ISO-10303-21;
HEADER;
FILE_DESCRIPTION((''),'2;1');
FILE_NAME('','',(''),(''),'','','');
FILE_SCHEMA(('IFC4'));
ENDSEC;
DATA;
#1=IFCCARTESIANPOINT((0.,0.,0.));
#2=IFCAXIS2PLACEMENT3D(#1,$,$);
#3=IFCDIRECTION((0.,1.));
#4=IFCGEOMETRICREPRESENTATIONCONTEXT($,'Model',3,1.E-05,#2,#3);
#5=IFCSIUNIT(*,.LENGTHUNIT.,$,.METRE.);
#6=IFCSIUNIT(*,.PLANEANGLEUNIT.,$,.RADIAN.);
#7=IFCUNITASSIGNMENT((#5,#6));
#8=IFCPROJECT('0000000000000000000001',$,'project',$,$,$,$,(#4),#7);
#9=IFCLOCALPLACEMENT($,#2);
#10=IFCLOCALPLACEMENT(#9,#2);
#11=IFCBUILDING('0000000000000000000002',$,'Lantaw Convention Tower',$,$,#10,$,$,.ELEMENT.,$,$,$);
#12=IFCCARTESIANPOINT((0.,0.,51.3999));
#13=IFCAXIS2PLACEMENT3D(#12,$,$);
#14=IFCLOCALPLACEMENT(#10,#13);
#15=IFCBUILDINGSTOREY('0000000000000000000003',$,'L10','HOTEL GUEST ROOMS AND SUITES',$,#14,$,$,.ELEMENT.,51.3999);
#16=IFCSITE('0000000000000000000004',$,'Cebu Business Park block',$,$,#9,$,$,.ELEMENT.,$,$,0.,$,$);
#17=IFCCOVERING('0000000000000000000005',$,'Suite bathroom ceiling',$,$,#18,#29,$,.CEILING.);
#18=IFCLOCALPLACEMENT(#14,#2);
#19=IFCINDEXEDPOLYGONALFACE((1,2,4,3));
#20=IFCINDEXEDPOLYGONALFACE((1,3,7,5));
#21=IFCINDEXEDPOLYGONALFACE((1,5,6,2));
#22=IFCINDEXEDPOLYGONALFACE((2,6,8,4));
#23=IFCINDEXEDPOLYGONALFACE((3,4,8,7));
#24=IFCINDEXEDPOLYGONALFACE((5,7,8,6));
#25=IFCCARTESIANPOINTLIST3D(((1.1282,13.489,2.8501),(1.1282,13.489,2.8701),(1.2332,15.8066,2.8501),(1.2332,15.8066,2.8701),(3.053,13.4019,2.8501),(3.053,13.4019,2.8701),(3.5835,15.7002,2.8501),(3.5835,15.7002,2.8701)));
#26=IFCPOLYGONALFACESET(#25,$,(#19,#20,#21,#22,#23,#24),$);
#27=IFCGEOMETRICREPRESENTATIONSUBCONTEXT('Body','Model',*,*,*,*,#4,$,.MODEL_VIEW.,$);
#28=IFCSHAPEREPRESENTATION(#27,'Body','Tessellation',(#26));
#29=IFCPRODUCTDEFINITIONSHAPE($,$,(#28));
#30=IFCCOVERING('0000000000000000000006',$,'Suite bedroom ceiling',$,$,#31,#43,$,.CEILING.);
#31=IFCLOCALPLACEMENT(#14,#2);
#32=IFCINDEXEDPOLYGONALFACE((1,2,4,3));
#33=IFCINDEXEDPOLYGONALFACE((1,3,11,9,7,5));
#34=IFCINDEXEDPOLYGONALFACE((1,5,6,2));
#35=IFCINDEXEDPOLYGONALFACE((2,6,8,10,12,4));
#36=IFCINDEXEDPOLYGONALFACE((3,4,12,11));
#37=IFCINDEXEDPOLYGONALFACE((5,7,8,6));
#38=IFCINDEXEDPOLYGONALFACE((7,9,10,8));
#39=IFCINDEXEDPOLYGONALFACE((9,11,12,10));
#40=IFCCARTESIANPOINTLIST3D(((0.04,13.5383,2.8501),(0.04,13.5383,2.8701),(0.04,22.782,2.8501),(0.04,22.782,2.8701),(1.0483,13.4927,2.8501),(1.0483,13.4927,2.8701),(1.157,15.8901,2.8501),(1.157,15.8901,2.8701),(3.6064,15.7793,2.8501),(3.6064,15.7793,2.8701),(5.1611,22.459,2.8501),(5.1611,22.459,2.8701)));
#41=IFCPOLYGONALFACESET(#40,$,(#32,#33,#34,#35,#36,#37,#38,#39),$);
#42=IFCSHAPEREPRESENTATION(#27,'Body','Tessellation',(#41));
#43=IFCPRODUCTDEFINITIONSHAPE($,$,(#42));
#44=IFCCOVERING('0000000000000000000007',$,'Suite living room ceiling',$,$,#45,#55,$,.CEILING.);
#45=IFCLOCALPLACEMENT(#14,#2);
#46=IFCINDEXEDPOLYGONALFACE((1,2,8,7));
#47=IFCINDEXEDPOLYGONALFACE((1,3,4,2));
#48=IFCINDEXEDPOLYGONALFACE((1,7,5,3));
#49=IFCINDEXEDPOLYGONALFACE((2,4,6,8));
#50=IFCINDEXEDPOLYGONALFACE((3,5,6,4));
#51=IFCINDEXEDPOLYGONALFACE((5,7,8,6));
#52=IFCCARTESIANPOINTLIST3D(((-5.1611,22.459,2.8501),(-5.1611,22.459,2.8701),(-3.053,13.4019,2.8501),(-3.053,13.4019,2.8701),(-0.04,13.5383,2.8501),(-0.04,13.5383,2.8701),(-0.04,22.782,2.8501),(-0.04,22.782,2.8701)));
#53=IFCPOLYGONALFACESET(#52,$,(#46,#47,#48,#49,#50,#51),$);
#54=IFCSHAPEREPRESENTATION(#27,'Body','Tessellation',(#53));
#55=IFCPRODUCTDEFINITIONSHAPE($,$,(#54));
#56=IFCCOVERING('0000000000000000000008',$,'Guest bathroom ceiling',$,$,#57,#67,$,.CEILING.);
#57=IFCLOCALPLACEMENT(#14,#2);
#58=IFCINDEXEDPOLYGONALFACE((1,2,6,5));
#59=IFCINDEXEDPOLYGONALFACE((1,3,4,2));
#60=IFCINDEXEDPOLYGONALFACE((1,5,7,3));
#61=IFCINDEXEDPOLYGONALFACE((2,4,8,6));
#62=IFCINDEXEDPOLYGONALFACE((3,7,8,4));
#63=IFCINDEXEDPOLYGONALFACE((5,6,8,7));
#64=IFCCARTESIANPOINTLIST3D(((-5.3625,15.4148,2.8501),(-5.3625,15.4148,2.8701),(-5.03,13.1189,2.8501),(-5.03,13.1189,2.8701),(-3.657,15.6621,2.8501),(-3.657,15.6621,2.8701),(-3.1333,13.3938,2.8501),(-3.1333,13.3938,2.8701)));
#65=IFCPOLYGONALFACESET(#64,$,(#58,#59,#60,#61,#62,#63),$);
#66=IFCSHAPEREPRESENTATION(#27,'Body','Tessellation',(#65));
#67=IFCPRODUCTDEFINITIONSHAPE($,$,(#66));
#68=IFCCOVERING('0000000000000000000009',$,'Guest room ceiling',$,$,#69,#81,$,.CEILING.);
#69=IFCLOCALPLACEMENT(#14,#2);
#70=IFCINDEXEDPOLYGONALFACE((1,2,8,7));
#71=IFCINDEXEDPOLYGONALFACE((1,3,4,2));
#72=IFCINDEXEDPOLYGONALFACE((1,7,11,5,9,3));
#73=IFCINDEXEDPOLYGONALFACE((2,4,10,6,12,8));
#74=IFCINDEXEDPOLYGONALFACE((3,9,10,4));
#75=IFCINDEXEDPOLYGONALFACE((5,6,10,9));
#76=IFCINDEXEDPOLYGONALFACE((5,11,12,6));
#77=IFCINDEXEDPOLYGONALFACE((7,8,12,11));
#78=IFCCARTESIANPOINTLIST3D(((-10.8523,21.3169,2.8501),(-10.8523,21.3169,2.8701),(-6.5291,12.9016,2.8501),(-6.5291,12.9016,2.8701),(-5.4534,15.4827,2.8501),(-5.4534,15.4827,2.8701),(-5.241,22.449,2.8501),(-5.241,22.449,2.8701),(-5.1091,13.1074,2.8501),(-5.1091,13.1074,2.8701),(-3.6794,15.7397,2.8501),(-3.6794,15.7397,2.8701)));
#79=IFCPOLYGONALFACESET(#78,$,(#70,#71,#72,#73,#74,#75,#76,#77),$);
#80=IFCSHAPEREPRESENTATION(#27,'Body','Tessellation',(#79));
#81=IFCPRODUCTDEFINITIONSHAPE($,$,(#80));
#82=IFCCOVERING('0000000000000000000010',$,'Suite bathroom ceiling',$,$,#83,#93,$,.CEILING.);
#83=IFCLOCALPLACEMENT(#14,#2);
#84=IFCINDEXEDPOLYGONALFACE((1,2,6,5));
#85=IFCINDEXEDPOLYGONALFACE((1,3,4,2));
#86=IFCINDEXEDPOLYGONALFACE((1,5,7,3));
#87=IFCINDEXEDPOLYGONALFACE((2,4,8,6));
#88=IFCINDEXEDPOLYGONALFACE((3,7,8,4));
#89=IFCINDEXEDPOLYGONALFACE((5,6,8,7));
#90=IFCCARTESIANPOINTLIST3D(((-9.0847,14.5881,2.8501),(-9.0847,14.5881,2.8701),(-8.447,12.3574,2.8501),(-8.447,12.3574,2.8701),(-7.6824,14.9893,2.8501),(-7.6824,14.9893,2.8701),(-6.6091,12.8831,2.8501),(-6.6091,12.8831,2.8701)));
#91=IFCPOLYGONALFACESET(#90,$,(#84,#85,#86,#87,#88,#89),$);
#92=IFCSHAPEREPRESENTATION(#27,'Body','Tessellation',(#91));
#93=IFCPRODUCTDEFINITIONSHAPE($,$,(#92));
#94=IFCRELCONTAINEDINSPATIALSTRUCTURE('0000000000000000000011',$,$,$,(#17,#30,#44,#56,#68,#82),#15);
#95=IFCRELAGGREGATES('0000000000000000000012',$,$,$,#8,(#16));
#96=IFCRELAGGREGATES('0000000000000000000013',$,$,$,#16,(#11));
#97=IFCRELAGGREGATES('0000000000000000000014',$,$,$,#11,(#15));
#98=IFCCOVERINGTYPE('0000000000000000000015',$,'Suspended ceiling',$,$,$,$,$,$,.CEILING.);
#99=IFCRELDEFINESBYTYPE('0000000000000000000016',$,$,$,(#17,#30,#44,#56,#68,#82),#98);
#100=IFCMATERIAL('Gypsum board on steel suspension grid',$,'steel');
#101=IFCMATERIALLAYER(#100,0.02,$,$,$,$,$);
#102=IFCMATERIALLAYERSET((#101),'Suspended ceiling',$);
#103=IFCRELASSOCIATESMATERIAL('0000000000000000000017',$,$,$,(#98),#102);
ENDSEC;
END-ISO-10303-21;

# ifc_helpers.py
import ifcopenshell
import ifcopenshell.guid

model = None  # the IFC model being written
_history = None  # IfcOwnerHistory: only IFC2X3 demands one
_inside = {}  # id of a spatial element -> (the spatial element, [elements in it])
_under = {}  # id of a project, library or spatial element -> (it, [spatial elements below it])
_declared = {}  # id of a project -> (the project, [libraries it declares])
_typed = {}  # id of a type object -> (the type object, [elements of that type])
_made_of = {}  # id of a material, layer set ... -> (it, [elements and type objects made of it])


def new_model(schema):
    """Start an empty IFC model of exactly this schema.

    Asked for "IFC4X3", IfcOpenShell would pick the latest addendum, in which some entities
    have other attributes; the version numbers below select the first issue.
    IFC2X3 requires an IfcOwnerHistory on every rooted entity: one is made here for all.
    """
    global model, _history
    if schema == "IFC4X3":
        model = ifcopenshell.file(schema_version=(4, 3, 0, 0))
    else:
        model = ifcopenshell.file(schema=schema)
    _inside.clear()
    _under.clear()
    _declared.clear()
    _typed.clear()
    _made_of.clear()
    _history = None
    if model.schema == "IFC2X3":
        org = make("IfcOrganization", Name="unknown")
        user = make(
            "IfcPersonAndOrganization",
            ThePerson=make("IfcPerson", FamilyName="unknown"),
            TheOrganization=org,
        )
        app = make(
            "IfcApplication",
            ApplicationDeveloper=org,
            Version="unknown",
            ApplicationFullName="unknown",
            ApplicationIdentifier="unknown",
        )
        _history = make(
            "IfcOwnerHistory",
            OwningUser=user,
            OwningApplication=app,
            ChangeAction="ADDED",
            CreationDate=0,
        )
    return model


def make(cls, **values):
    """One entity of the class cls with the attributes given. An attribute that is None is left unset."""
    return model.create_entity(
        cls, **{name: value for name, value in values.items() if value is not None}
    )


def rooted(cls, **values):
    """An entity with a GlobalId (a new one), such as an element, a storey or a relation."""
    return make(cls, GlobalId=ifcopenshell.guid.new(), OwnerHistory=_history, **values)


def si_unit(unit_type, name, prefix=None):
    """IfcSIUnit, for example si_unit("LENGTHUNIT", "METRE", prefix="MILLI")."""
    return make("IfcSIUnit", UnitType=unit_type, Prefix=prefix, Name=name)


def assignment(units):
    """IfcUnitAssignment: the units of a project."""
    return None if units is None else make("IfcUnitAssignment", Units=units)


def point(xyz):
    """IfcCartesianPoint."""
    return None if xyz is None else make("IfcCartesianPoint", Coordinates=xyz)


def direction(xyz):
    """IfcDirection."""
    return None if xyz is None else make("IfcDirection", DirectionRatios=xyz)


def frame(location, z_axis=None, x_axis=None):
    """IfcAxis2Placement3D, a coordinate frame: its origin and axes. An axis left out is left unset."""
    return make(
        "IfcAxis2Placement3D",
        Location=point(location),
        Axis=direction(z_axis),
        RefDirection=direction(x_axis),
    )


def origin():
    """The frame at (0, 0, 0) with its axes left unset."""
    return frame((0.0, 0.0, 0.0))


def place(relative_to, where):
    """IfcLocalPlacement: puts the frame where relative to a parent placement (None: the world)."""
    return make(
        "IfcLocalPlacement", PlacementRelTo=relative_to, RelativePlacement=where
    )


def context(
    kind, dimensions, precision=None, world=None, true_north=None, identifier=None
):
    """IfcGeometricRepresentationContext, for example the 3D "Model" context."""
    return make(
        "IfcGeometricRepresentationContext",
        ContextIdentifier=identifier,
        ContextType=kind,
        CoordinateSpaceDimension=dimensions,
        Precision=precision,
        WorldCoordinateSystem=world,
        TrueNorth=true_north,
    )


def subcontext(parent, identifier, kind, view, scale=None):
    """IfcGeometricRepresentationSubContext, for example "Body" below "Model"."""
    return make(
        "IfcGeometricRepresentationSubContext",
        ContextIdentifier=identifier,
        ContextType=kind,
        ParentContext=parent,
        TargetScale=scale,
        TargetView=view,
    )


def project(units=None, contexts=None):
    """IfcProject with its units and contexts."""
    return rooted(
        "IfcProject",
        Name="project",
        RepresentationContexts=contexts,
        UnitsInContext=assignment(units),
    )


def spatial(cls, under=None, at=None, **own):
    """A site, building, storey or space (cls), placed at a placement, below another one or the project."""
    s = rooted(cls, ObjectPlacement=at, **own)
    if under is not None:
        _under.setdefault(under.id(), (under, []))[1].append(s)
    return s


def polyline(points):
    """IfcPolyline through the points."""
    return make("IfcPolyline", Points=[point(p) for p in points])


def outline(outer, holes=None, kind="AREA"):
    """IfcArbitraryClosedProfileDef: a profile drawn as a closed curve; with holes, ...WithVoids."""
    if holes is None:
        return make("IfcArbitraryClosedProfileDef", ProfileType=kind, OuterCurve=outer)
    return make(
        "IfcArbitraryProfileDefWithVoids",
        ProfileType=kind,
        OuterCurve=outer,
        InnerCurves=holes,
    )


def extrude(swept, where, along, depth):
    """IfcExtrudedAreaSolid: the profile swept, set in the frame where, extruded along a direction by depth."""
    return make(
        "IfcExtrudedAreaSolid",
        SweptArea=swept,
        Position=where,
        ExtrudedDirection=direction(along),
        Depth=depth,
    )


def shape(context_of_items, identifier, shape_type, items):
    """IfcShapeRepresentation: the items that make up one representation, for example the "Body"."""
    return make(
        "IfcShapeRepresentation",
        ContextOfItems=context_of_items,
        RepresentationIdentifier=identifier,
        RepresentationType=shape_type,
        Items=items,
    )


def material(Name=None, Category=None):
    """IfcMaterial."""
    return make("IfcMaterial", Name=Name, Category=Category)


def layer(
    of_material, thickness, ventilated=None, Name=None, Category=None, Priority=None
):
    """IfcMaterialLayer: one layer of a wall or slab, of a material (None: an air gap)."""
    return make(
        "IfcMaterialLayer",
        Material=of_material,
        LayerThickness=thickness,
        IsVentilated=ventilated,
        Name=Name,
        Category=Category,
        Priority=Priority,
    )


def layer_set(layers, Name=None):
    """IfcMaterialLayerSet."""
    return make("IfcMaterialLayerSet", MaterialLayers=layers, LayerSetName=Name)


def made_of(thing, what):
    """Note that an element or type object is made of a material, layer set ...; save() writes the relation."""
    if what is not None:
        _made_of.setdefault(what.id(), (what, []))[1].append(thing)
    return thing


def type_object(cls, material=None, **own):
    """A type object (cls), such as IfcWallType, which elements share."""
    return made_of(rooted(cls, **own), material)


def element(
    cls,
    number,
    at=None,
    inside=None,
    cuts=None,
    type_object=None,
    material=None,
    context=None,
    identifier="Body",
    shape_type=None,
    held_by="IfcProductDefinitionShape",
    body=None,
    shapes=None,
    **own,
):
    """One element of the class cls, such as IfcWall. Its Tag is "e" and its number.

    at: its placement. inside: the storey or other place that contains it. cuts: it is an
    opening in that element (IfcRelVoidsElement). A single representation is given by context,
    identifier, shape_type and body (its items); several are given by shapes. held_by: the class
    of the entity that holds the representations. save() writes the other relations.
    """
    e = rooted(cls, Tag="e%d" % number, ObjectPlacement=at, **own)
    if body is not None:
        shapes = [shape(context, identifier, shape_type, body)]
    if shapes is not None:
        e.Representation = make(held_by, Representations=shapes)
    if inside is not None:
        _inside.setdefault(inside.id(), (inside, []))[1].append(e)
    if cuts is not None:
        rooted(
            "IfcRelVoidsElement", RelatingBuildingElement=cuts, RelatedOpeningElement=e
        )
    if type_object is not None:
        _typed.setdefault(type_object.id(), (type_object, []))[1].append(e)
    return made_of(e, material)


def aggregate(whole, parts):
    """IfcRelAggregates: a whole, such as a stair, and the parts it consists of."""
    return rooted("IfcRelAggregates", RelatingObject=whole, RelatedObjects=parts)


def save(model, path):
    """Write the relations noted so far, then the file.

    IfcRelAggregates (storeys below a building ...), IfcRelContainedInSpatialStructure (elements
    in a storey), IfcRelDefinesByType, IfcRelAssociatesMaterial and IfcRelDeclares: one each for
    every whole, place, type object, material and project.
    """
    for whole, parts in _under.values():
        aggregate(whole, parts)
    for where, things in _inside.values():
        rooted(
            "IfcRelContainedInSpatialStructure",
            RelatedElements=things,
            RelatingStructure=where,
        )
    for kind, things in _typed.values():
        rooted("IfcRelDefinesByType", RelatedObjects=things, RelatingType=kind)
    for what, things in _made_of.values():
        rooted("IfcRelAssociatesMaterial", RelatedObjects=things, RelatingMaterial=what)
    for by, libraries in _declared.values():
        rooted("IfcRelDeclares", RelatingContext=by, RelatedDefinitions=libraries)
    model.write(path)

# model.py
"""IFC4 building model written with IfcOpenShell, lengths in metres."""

from ifc_helpers import new_model, si_unit, direction, frame, origin, place, context, subcontext, project, spatial, polyline, outline, extrude, material, layer, layer_set, type_object, element, save


model = new_model("IFC4")

# Units and contexts
model_context = context("Model", 3, precision=1e-05, world=origin(), true_north=direction((0.0, 1.0)))
body_context = subcontext(model_context, "Body", "Model", "MODEL_VIEW")
ifc_project = project(units=[si_unit("LENGTHUNIT", "METRE"), si_unit("PLANEANGLEUNIT", "RADIAN")], contexts=[model_context])

# Site, building, storey
site_placement = place(None, origin())
site = spatial("IfcSite", under=ifc_project, at=site_placement, Name="Cebu Business Park block", CompositionType="ELEMENT", RefElevation=0.0)
building_placement = place(site_placement, origin())
building = spatial("IfcBuilding", under=site, at=building_placement, Name="Lantaw Convention Tower", CompositionType="ELEMENT")
storey_placement = place(building_placement, frame((0.0, 0.0, 51.3999)))
storey = spatial("IfcBuildingStorey", under=building, at=storey_placement, Name="L10", Description="HOTEL GUEST ROOMS AND SUITES", CompositionType="ELEMENT", Elevation=51.3999)

# Coverings
ifc_material_1 = material(Name="Gypsum board on steel suspension grid", Category="steel")
ifc_layer_1 = layer(ifc_material_1, 0.02)
ifc_layer_set_1 = layer_set([ifc_layer_1], Name="Suspended ceiling")
covering_type = type_object("IfcCoveringType", Name="Suspended ceiling", PredefinedType="CEILING", material=ifc_layer_set_1)
covering_1_placement = place(storey_placement, frame((0.0, 0.0, 2.8501)))
element("IfcCovering", 1, at=covering_1_placement, inside=storey, type_object=covering_type, Name="Suite bathroom ceiling", PredefinedType="CEILING", context=body_context, shape_type="SweptSolid", body=[
    extrude(outline(polyline([(3.053, 13.4019), (3.5835, 15.7002), (1.2332, 15.8066), (1.1282, 13.489), (3.053, 13.4019)])), origin(), (0.0, 0.0, 1.0), 0.02),
])
covering_2_placement = place(storey_placement, frame((0.0, 0.0, 2.8501)))
element("IfcCovering", 2, at=covering_2_placement, inside=storey, type_object=covering_type, Name="Suite bedroom ceiling", PredefinedType="CEILING", context=body_context, shape_type="SweptSolid", body=[
    extrude(outline(polyline([(0.04, 13.5383), (1.0483, 13.4927), (1.157, 15.8901), (3.6064, 15.7793), (5.1611, 22.459), (0.04, 22.782), (0.04, 13.5383)])), origin(), (0.0, 0.0, 1.0), 0.02),
])
covering_3_placement = place(storey_placement, frame((0.0, 0.0, 2.8501)))
element("IfcCovering", 3, at=covering_3_placement, inside=storey, type_object=covering_type, Name="Suite living room ceiling", PredefinedType="CEILING", context=body_context, shape_type="SweptSolid", body=[
    extrude(outline(polyline([(-0.04, 13.5383), (-0.04, 22.782), (-5.1611, 22.459), (-3.053, 13.4019), (-0.04, 13.5383)])), origin(), (0.0, 0.0, 1.0), 0.02),
])
covering_4_placement = place(storey_placement, frame((0.0, 0.0, 2.8501)))
element("IfcCovering", 4, at=covering_4_placement, inside=storey, type_object=covering_type, Name="Guest bathroom ceiling", PredefinedType="CEILING", context=body_context, shape_type="SweptSolid", body=[
    extrude(outline(polyline([(-3.1333, 13.3938), (-3.657, 15.6621), (-5.3625, 15.4148), (-5.03, 13.1189), (-3.1333, 13.3938)])), origin(), (0.0, 0.0, 1.0), 0.02),
])
covering_5_placement = place(storey_placement, frame((0.0, 0.0, 2.8501)))
element("IfcCovering", 5, at=covering_5_placement, inside=storey, type_object=covering_type, Name="Guest room ceiling", PredefinedType="CEILING", context=body_context, shape_type="SweptSolid", body=[
    extrude(outline(polyline([(-6.5291, 12.9016), (-5.1091, 13.1074), (-5.4534, 15.4827), (-3.6794, 15.7397), (-5.241, 22.449), (-10.8523, 21.3169), (-6.5291, 12.9016)])), origin(), (0.0, 0.0, 1.0), 0.02),
])
covering_6_placement = place(storey_placement, frame((0.0, 0.0, 2.8501)))
element("IfcCovering", 6, at=covering_6_placement, inside=storey, type_object=covering_type, Name="Suite bathroom ceiling", PredefinedType="CEILING", context=body_context, shape_type="SweptSolid", body=[
    extrude(outline(polyline([(-6.6091, 12.8831), (-7.6824, 14.9893), (-9.0847, 14.5881), (-8.447, 12.3574), (-6.6091, 12.8831)])), origin(), (0.0, 0.0, 1.0), 0.02),
])

save(model, "model.ifc")
